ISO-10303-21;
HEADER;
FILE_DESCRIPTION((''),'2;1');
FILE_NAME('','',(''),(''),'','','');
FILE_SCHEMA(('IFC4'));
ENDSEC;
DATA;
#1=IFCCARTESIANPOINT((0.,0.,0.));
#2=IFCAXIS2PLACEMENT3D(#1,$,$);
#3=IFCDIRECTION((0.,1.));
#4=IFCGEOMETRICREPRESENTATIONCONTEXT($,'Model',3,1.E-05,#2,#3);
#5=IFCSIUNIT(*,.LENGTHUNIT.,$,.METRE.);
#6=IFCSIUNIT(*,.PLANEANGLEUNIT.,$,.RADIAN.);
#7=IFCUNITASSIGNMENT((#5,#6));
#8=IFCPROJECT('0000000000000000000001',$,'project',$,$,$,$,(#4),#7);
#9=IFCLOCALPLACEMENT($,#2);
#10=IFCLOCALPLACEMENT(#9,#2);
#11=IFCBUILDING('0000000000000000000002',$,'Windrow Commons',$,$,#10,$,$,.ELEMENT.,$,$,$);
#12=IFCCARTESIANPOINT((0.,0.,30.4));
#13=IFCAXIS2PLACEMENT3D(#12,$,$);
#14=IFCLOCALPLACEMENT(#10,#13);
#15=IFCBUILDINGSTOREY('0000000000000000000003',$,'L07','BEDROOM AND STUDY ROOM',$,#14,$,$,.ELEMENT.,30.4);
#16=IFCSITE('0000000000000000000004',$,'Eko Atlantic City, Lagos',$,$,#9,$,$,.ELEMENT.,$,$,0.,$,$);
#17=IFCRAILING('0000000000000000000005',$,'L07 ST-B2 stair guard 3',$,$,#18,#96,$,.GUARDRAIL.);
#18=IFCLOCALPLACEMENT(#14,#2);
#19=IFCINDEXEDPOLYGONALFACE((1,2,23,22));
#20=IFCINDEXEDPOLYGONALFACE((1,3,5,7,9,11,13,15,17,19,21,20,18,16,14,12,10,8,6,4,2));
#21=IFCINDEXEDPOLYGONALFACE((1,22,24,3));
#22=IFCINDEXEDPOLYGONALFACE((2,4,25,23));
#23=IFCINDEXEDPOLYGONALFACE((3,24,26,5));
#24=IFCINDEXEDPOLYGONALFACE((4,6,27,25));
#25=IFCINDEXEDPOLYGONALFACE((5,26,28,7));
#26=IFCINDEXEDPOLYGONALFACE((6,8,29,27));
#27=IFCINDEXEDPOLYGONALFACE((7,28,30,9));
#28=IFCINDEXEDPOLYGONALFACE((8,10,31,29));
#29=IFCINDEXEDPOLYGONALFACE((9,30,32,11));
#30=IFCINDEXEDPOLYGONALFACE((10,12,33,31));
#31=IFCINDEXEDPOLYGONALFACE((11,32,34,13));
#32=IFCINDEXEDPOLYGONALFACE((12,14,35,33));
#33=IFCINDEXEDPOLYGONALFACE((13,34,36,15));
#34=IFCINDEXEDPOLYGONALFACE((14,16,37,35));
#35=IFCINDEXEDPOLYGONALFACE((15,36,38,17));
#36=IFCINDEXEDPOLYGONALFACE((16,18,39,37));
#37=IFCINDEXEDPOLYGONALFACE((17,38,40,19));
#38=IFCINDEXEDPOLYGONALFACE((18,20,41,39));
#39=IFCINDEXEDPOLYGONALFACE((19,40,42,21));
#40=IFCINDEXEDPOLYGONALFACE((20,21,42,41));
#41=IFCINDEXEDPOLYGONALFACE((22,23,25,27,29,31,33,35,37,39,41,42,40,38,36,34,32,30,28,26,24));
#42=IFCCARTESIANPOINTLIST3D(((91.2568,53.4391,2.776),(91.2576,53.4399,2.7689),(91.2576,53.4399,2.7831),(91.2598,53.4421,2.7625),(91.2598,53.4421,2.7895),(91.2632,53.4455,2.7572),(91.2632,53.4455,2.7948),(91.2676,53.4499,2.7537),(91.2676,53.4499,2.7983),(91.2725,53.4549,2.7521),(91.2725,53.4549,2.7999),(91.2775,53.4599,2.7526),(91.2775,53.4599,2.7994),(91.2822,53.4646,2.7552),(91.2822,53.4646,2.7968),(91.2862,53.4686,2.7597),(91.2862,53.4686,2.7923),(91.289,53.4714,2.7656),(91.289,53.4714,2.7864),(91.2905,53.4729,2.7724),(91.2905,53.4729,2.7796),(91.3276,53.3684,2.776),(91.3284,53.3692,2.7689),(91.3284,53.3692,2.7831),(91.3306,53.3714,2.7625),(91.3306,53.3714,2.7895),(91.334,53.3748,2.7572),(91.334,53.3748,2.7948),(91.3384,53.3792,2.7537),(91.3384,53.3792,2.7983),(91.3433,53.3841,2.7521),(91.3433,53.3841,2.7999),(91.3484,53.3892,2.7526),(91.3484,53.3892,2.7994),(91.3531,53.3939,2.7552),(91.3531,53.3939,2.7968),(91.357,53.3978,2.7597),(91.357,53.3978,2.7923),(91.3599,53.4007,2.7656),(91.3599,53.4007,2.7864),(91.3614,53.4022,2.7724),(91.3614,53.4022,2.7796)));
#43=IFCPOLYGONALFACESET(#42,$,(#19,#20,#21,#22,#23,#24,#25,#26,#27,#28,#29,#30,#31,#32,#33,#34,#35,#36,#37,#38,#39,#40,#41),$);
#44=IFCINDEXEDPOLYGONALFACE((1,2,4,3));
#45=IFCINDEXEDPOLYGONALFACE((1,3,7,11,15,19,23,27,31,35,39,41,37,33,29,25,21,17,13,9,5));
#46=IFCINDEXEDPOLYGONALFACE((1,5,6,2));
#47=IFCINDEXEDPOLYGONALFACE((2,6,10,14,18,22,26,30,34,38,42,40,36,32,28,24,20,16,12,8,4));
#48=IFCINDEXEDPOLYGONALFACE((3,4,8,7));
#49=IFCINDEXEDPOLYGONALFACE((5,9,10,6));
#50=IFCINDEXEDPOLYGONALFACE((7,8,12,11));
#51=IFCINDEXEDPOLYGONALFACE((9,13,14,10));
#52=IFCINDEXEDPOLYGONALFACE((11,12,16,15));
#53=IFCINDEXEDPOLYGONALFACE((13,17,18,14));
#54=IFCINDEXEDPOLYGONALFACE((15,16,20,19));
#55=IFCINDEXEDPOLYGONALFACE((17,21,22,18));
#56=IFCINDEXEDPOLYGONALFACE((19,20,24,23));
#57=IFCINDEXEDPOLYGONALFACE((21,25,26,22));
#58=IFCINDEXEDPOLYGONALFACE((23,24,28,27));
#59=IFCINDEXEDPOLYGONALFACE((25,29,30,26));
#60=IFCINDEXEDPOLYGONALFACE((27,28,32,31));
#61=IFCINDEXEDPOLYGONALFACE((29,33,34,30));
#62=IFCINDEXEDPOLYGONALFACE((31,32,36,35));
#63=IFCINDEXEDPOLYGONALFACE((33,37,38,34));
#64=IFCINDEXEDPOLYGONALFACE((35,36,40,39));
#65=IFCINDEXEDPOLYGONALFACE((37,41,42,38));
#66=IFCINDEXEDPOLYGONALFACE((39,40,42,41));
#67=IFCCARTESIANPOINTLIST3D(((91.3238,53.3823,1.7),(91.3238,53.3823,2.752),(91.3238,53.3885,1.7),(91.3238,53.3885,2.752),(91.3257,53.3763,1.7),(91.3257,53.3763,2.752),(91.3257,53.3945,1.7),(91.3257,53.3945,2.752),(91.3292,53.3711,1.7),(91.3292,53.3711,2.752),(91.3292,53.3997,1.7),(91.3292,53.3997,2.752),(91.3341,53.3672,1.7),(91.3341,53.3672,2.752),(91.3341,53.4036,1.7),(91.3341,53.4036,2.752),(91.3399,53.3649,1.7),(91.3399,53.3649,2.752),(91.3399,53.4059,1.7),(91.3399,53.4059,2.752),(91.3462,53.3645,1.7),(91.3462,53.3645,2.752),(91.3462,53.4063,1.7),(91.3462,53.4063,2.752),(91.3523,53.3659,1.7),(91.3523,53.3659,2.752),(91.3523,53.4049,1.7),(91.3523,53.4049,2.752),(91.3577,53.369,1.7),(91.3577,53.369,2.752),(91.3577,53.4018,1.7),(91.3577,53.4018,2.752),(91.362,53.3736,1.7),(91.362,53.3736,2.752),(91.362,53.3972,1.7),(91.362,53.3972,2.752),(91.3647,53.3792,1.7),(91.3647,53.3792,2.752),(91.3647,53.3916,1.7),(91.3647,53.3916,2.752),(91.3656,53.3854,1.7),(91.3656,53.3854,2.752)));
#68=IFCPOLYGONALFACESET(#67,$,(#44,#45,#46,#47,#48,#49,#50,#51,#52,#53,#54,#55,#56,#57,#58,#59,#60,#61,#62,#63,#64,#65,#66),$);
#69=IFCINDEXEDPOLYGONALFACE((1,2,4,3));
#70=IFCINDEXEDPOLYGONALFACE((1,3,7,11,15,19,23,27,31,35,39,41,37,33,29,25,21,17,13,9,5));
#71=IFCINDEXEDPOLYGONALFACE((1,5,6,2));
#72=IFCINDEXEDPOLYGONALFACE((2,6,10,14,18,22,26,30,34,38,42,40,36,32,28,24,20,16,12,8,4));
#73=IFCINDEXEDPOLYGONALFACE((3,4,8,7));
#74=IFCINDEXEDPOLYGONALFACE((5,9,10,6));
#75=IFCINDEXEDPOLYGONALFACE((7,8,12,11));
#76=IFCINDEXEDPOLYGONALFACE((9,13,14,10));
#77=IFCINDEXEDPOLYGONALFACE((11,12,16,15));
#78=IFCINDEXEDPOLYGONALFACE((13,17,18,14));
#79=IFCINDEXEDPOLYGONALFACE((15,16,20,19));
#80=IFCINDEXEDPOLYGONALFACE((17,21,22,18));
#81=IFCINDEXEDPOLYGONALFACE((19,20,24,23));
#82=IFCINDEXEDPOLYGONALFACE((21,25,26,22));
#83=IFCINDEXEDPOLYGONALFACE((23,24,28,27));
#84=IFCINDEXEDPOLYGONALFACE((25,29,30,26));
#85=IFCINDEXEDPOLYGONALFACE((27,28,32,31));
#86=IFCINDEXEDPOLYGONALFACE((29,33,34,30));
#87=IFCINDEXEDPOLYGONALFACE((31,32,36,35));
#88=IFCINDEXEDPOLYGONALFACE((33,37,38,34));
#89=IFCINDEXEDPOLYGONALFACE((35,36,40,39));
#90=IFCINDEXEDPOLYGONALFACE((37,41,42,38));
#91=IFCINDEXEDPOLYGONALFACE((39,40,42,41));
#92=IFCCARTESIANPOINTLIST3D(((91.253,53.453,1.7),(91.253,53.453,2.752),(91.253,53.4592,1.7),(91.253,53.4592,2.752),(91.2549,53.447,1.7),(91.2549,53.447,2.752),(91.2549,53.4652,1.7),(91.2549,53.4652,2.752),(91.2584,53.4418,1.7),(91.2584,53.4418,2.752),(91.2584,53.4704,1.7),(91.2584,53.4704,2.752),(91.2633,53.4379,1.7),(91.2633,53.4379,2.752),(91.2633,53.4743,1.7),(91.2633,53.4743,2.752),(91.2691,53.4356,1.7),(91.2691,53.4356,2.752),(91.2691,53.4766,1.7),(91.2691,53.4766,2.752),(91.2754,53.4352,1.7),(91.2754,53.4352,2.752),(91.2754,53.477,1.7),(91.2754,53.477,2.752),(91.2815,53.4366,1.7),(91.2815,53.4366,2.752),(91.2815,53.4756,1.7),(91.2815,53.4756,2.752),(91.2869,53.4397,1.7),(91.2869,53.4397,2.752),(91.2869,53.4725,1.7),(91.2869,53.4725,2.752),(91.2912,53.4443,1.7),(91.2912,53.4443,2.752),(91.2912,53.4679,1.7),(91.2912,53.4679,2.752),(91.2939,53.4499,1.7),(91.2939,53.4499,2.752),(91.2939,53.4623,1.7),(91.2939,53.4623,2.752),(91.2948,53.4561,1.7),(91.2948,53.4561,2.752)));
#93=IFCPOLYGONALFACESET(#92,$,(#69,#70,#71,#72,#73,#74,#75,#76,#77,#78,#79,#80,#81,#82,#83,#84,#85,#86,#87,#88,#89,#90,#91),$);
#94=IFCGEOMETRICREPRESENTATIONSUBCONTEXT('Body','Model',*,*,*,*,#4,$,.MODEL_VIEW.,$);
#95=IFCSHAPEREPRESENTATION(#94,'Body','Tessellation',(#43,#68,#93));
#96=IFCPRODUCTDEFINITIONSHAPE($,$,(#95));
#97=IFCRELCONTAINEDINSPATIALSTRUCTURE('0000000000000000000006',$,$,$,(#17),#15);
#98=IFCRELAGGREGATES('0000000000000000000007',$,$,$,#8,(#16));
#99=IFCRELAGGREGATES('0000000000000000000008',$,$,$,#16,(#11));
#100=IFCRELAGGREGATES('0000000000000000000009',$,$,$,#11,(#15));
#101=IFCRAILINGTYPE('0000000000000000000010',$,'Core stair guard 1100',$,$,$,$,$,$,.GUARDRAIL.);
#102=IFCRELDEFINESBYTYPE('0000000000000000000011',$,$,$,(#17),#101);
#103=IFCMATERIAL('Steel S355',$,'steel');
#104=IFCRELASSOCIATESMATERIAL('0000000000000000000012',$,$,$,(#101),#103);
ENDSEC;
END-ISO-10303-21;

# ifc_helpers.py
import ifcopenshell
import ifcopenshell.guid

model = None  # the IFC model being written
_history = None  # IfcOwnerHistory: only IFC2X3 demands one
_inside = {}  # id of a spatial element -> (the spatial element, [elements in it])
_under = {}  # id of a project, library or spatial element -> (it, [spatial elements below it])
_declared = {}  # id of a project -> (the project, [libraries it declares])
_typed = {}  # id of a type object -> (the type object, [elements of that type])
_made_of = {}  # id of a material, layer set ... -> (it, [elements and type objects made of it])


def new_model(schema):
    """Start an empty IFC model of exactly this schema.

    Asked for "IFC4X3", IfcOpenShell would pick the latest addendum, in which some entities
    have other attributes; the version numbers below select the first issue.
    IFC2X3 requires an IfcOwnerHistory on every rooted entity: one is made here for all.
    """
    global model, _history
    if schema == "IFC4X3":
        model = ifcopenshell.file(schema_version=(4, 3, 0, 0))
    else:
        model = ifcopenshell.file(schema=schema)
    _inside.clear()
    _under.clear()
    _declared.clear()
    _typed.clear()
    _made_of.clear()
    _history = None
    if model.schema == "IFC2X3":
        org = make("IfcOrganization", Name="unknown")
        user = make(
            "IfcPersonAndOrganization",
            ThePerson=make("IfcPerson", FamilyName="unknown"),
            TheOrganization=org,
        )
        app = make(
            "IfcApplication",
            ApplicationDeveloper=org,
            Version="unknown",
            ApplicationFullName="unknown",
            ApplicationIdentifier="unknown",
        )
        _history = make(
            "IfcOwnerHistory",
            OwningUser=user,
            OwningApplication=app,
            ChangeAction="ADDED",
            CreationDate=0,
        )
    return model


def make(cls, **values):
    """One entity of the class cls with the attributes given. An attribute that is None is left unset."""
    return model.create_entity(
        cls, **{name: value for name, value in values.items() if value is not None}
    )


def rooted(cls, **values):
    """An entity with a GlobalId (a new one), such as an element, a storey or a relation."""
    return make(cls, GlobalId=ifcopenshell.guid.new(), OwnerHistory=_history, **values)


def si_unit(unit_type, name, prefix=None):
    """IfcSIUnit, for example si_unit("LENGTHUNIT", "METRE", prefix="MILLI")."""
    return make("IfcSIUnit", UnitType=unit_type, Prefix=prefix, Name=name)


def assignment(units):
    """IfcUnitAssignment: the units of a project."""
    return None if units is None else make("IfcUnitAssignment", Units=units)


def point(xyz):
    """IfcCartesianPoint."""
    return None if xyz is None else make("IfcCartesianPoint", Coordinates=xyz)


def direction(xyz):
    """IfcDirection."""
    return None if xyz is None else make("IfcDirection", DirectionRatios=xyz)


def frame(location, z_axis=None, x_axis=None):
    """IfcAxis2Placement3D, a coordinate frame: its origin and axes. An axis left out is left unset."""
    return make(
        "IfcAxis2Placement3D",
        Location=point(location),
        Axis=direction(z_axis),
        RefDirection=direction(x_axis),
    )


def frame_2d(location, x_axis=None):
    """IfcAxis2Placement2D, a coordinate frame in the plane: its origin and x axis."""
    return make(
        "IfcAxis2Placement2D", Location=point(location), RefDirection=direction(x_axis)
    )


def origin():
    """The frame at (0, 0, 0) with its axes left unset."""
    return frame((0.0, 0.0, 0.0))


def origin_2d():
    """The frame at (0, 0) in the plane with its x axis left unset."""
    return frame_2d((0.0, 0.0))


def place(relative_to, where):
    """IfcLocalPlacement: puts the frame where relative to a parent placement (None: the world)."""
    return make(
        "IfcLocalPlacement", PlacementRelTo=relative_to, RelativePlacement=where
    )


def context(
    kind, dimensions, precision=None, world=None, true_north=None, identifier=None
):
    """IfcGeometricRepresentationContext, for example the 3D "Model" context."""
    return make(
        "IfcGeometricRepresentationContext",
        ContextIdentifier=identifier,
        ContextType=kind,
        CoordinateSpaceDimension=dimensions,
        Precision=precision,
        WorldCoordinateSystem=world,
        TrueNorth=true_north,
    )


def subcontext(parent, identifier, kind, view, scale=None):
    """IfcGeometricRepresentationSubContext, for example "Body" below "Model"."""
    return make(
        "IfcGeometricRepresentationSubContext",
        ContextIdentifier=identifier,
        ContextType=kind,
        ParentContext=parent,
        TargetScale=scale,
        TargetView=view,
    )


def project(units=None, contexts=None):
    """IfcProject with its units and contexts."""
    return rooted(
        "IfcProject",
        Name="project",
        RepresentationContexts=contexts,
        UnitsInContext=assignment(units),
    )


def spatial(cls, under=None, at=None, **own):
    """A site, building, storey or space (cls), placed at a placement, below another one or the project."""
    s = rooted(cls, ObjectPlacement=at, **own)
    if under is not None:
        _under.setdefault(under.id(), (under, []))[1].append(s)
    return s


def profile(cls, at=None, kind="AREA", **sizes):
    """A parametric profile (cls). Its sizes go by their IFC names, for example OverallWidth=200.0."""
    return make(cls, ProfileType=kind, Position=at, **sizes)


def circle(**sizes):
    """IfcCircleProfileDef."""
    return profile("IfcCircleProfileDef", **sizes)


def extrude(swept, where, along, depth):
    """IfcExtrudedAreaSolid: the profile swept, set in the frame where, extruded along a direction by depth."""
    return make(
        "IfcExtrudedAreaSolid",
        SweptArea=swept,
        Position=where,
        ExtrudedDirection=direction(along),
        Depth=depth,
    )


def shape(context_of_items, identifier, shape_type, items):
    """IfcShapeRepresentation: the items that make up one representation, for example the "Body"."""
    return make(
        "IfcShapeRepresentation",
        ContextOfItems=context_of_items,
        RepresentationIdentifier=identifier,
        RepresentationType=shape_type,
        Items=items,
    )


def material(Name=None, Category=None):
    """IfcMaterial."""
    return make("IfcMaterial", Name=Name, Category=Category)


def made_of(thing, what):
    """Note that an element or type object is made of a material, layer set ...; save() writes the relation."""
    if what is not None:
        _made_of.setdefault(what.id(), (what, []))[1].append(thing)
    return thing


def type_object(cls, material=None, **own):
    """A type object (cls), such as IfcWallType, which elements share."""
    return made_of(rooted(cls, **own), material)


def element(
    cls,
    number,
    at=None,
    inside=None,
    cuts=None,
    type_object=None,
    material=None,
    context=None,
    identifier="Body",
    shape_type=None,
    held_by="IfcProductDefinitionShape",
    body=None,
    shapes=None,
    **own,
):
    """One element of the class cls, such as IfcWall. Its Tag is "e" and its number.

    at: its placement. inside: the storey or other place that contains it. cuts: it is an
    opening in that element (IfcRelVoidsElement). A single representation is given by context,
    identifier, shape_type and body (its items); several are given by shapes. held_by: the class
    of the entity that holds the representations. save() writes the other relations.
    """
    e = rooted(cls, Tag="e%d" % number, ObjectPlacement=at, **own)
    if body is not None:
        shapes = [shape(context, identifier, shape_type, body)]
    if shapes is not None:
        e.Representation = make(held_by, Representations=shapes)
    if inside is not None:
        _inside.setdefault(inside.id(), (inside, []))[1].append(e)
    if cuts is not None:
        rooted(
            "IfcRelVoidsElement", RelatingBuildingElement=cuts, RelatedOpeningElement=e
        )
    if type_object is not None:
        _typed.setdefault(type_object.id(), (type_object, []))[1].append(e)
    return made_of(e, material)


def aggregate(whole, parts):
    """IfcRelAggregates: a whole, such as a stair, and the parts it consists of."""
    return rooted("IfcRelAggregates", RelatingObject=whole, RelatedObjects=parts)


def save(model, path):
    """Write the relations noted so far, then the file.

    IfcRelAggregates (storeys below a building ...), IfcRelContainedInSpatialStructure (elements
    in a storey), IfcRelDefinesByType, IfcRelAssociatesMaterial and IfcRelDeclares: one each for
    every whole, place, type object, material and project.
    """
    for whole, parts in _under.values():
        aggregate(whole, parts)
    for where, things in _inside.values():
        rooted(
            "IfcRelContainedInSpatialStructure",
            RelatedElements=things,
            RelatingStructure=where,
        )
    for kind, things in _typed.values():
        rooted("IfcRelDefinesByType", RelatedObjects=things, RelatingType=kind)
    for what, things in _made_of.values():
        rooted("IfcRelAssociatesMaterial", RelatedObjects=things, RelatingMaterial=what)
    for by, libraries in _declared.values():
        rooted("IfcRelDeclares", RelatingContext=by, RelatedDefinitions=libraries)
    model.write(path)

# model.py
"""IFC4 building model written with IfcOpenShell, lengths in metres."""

from ifc_helpers import new_model, si_unit, direction, frame, origin, origin_2d, place, context, subcontext, project, spatial, circle, extrude, material, type_object, element, save


model = new_model("IFC4")

# Units and contexts
model_context = context("Model", 3, precision=1e-05, world=origin(), true_north=direction((0.0, 1.0)))
body_context = subcontext(model_context, "Body", "Model", "MODEL_VIEW")
ifc_project = project(units=[si_unit("LENGTHUNIT", "METRE"), si_unit("PLANEANGLEUNIT", "RADIAN")], contexts=[model_context])

# Site, building, storey
site_placement = place(None, origin())
site = spatial("IfcSite", under=ifc_project, at=site_placement, Name="Eko Atlantic City, Lagos", CompositionType="ELEMENT", RefElevation=0.0)
building_placement = place(site_placement, origin())
building = spatial("IfcBuilding", under=site, at=building_placement, Name="Windrow Commons", CompositionType="ELEMENT")
storey_placement = place(building_placement, frame((0.0, 0.0, 30.4)))
storey = spatial("IfcBuildingStorey", under=building, at=storey_placement, Name="L07", Description="BEDROOM AND STUDY ROOM", CompositionType="ELEMENT", Elevation=30.4)

# Railing
ifc_material_1 = material(Name="Steel S355", Category="steel")
railing_type = type_object("IfcRailingType", Name="Core stair guard 1100", PredefinedType="GUARDRAIL", material=ifc_material_1)
railing_1_placement = place(storey_placement, frame((91.3446, 53.3854, 1.7)))
element("IfcRailing", 1, at=railing_1_placement, inside=storey, type_object=railing_type, Name="L07 ST-B2 stair guard 3", PredefinedType="GUARDRAIL", context=body_context, shape_type="SweptSolid", body=[
    extrude(circle(Radius=0.024, at=origin_2d()), frame((0.0, 0.0, 1.076), z_axis=(-0.707606, 0.706607, 0.0), x_axis=(-0.706607, -0.707606, 0.0)), (0.0, 0.0, 1.0), 0.1001),
    extrude(circle(Radius=0.021, at=origin_2d()), origin(), (0.0, 0.0, 1.0), 1.052),
    extrude(circle(Radius=0.021, at=origin_2d()), frame((-0.0708, 0.0707, 0.0)), (0.0, 0.0, 1.0), 1.052),
])

save(model, "model.ifc")
